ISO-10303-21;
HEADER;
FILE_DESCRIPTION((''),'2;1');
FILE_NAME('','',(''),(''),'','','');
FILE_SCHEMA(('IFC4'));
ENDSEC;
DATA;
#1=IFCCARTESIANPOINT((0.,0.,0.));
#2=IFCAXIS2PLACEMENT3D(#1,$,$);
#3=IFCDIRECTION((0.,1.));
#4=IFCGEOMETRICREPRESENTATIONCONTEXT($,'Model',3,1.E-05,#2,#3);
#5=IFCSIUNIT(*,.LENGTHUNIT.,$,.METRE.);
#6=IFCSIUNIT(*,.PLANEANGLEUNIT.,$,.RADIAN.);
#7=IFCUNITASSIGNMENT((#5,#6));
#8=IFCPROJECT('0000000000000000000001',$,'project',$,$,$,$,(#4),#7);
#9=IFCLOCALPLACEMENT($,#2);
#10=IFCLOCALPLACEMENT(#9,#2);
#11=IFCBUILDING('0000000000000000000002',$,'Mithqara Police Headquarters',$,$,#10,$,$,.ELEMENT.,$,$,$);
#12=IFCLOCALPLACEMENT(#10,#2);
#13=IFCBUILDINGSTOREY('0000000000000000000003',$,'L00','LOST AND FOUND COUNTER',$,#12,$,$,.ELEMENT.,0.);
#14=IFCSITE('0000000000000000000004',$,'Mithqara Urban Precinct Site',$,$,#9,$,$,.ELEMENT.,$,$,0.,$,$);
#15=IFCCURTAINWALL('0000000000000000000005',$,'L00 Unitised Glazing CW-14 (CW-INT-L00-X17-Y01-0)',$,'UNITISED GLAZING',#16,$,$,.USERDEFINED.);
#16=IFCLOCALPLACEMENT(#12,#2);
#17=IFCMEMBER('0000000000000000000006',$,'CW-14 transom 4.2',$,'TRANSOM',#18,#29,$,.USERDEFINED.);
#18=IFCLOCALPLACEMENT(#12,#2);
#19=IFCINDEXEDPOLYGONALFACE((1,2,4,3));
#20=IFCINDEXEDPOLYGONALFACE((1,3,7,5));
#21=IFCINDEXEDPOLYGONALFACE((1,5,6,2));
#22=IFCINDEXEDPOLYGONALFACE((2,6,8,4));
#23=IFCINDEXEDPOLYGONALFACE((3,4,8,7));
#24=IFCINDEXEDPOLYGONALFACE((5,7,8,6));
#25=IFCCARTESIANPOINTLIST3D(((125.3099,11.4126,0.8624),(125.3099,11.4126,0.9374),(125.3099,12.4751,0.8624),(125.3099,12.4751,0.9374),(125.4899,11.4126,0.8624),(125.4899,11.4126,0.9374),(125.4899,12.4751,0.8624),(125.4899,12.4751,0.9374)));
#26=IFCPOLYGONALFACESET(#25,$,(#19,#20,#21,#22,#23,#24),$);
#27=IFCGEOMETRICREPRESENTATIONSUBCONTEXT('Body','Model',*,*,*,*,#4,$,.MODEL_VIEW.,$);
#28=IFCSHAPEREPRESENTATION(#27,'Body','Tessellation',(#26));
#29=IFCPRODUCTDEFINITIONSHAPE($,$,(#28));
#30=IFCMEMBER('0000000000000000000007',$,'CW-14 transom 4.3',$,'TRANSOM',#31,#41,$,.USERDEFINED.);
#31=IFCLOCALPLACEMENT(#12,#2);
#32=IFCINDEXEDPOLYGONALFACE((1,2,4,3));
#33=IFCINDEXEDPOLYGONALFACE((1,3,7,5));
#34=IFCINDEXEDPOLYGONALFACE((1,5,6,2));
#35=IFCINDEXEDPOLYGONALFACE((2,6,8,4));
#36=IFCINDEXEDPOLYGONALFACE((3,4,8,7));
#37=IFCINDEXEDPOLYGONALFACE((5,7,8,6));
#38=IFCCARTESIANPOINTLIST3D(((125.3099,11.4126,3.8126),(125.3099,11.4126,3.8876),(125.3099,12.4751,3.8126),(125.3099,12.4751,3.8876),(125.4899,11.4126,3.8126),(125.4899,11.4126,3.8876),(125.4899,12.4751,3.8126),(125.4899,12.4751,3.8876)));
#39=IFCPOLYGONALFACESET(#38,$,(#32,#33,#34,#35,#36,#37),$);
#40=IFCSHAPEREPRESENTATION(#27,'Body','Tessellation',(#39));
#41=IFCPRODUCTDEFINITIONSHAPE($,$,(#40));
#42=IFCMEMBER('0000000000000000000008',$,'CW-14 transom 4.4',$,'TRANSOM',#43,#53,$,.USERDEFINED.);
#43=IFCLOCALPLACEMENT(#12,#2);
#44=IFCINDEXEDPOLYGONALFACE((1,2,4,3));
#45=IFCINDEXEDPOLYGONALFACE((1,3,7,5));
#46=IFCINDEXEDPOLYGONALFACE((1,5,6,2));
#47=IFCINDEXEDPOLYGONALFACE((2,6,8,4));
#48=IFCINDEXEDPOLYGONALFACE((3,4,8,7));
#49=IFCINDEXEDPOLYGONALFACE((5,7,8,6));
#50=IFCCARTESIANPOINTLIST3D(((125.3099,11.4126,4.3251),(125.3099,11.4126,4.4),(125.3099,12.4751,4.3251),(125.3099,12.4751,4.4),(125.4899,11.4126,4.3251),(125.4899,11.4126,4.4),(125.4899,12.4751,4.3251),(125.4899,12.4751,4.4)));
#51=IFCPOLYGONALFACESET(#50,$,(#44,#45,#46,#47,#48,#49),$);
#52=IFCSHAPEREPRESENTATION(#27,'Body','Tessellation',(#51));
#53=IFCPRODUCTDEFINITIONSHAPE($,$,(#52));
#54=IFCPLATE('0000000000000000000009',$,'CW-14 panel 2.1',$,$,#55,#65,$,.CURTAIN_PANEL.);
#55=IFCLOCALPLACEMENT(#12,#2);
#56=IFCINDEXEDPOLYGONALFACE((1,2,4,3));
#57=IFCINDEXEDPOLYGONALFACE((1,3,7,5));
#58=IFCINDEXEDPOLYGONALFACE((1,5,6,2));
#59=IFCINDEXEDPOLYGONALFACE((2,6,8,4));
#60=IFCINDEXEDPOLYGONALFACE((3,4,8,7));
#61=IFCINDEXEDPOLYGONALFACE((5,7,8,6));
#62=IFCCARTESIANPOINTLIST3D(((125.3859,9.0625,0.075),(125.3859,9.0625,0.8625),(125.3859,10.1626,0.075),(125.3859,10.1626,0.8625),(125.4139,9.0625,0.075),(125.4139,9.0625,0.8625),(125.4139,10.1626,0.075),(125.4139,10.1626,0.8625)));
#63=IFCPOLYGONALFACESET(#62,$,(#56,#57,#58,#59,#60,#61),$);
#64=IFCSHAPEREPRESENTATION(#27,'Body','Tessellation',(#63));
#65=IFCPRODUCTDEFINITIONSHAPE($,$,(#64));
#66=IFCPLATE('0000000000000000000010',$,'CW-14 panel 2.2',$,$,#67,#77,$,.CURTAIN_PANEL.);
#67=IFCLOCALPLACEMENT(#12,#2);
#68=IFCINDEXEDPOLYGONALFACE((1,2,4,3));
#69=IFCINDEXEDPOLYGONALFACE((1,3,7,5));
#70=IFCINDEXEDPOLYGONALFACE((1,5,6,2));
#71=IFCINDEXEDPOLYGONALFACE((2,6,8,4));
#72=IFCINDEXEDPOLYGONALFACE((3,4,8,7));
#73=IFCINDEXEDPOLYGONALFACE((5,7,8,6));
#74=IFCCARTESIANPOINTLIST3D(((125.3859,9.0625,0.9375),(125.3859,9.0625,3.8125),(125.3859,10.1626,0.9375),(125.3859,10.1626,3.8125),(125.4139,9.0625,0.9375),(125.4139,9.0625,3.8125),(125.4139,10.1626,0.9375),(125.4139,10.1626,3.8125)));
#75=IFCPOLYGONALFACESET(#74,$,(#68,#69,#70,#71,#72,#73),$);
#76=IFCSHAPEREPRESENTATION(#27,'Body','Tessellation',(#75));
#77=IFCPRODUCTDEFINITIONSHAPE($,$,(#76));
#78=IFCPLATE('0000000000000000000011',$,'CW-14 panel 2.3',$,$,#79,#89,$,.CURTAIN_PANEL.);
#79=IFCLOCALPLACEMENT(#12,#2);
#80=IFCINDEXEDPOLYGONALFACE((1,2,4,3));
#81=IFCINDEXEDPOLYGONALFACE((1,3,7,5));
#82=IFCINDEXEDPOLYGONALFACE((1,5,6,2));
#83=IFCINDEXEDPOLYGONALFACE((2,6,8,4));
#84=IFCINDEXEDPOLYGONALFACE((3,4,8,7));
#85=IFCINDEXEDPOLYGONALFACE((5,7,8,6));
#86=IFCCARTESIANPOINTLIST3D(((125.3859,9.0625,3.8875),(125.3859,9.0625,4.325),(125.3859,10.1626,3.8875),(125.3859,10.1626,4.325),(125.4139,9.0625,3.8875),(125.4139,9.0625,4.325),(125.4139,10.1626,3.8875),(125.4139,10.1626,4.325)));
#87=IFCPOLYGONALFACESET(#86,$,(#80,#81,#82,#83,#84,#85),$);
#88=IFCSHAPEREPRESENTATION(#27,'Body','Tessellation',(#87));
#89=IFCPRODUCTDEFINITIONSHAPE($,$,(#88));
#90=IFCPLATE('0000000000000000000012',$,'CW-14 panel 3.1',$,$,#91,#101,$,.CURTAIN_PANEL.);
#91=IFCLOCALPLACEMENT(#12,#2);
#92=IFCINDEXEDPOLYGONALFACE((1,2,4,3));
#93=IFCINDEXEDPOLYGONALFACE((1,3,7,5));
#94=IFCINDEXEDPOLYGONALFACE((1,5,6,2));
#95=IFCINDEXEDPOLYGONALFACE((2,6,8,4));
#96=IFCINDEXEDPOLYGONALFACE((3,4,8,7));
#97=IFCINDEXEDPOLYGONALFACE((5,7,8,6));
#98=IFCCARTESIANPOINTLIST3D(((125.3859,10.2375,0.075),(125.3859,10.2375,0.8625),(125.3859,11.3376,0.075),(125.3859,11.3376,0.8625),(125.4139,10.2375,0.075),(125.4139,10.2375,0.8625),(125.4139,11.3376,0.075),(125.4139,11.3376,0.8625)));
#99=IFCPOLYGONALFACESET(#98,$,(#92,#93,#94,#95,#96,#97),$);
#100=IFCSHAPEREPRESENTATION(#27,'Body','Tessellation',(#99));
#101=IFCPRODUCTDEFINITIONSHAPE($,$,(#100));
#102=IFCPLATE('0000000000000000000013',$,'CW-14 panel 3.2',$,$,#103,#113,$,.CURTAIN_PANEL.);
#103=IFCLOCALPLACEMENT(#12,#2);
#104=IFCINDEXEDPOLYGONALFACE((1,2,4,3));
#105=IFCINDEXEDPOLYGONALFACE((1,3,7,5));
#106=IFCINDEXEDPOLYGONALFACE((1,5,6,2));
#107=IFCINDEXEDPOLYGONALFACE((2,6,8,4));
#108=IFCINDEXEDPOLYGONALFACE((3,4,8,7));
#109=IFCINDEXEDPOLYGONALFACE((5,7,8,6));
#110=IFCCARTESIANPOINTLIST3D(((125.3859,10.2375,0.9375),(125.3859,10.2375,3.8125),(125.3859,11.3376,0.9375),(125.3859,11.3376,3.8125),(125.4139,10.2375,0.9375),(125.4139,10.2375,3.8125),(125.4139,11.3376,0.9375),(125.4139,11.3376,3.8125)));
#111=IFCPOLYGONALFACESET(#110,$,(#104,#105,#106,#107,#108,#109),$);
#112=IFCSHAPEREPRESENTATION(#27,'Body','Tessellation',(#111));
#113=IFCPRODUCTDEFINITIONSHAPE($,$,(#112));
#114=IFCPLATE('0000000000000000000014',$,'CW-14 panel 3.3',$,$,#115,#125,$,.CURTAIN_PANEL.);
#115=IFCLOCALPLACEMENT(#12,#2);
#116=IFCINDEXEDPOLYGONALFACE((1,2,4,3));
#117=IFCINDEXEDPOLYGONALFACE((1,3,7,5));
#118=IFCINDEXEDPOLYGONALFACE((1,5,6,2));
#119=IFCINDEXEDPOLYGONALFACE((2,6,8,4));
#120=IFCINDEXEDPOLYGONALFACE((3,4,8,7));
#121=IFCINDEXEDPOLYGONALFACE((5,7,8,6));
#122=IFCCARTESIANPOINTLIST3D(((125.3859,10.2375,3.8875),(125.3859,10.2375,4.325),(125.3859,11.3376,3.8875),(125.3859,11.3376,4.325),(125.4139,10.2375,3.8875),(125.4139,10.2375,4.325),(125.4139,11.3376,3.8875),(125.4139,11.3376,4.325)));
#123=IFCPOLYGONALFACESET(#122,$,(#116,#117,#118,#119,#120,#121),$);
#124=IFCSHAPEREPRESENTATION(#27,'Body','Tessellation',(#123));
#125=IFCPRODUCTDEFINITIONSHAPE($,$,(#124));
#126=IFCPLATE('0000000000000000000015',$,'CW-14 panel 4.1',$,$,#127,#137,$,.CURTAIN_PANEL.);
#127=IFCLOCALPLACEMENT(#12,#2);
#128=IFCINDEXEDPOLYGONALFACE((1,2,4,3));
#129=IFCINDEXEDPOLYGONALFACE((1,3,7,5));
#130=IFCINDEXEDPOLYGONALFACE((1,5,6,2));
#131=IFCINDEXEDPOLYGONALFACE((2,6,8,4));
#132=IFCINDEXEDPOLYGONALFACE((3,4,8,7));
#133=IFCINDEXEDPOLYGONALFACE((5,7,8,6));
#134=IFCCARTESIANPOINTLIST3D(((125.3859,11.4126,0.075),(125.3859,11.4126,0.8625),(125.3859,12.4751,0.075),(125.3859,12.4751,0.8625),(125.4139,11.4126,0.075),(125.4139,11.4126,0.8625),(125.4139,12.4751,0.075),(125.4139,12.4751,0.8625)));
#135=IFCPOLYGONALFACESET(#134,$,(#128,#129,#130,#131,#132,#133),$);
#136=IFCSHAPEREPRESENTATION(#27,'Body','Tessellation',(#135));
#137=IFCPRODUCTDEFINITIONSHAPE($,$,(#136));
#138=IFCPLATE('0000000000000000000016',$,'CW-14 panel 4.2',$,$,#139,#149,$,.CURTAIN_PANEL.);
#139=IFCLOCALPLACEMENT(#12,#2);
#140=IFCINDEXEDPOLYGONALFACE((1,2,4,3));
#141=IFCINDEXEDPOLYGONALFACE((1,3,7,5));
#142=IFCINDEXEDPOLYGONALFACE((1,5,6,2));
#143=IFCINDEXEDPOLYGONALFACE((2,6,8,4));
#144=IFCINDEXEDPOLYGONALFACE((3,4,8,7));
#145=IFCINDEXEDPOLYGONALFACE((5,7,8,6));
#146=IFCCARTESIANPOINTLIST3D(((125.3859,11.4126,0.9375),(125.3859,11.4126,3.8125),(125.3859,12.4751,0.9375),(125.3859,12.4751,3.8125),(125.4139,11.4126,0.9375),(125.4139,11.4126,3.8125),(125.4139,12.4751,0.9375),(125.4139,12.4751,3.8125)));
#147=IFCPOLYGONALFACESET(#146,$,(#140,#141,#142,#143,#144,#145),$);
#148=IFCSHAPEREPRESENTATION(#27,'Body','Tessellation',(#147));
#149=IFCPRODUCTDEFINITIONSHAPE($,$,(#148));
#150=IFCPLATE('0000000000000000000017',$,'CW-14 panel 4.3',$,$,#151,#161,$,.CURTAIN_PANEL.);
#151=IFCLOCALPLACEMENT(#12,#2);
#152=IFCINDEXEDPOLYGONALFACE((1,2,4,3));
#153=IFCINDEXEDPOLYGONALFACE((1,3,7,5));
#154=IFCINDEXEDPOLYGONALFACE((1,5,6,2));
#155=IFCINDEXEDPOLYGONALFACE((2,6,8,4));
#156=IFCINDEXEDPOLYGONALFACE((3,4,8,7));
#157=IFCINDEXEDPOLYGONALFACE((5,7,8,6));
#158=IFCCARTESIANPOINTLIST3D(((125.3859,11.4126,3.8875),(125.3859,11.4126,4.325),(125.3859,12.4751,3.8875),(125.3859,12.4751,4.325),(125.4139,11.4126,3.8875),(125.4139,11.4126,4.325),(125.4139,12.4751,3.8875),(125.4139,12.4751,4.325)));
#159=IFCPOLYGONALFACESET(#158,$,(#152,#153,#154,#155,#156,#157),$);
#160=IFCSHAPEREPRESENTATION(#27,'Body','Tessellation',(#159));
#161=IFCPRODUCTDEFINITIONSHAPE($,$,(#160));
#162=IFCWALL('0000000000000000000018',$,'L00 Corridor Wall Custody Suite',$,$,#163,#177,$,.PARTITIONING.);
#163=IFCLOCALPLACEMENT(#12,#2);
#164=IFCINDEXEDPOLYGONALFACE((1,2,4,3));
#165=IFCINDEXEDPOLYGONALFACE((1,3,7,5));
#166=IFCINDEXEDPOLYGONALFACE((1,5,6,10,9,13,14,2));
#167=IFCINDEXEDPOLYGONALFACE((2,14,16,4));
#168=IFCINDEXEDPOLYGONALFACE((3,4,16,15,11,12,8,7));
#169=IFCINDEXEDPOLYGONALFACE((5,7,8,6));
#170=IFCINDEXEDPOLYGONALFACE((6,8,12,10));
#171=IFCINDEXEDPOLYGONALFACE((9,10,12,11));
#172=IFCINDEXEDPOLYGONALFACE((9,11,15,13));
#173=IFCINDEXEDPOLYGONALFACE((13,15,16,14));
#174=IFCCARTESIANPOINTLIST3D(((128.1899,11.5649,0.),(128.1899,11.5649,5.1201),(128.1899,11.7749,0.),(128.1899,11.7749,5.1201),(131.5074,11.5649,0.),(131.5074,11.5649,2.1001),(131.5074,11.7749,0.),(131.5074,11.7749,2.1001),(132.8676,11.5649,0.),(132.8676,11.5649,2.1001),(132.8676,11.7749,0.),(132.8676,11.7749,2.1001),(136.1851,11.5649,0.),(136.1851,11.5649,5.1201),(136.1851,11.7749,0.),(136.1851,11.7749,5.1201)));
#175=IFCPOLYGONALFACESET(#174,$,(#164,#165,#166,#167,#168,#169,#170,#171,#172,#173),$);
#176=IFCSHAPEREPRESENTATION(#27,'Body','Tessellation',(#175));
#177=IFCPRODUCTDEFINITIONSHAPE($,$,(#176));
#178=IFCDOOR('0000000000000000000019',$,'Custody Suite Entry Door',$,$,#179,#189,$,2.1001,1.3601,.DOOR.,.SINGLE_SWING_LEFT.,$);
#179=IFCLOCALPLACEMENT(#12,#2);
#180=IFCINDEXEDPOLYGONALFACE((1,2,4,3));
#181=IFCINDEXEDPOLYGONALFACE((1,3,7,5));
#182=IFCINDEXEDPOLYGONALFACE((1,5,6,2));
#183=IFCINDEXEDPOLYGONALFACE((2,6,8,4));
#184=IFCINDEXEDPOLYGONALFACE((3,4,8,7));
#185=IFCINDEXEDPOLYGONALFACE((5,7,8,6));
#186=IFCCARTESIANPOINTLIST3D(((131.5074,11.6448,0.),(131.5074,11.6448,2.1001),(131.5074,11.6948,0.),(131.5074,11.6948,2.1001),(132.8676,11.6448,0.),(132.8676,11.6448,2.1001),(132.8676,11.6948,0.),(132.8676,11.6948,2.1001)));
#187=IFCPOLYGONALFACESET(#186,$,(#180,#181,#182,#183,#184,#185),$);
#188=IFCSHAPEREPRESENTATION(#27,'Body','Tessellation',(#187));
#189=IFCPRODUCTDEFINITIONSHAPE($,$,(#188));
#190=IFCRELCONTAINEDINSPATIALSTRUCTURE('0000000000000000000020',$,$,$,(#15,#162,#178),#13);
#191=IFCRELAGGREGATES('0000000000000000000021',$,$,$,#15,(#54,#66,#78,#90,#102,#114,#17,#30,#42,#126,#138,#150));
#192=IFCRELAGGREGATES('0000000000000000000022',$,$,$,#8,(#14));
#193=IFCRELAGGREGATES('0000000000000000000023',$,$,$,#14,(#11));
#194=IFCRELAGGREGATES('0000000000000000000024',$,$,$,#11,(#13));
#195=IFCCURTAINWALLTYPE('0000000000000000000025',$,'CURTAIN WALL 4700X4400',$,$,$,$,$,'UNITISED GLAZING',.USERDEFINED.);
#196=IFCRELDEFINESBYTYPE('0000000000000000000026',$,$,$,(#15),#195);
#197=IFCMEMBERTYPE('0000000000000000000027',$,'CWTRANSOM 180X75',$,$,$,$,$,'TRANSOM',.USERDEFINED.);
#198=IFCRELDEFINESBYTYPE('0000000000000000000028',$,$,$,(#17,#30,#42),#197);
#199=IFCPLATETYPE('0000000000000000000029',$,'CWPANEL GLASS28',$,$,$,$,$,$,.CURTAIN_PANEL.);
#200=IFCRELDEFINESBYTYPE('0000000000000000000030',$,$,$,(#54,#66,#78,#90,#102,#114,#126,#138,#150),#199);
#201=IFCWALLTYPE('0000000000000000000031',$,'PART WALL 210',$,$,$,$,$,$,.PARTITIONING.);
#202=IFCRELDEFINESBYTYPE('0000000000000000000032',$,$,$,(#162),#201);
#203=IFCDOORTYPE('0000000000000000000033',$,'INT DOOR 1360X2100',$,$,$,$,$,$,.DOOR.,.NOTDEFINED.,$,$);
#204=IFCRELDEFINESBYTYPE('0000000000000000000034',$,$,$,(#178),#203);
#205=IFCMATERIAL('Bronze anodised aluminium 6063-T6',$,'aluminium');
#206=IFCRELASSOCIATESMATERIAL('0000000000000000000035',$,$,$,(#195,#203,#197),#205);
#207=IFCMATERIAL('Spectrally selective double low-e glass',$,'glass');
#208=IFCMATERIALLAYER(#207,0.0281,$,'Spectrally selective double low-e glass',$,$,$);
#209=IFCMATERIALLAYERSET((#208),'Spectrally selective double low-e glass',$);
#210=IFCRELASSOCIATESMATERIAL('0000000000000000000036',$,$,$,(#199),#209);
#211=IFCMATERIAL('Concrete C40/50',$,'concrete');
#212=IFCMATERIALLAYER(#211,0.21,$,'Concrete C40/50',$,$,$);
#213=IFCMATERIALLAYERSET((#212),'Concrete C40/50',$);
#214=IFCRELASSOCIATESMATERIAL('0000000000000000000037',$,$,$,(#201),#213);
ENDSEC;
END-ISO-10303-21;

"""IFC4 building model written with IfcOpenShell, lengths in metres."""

from ifc_helpers import new_model, si_unit, direction, frame, frame_2d, origin, origin_2d, place, context, subcontext, project, spatial, rectangle, extrude, material, layer, layer_set, material_profile, profile_set, type_object, element, fill, aggregate, save


model = new_model("IFC4")

# Units and contexts
model_context = context("Model", 3, precision=1e-05, world=origin(), true_north=direction((0.0, 1.0)))
body_context = subcontext(model_context, "Body", "Model", "MODEL_VIEW")
ifc_project = project(units=[si_unit("LENGTHUNIT", "METRE"), si_unit("PLANEANGLEUNIT", "RADIAN")], contexts=[model_context])

# Site, building, storey
site_placement = place(None, origin())
site = spatial("IfcSite", under=ifc_project, at=site_placement, Name="Mithqara Urban Precinct Site", CompositionType="ELEMENT", RefElevation=0.0)
building_placement = place(site_placement, origin())
building = spatial("IfcBuilding", under=site, at=building_placement, Name="Mithqara Police Headquarters", CompositionType="ELEMENT")
storey_placement = place(building_placement, origin())
storey = spatial("IfcBuildingStorey", under=building, at=storey_placement, Name="L00", Description="LOST AND FOUND COUNTER", CompositionType="ELEMENT", Elevation=0.0)

# Shared definitions
ifc_material_1 = material(Name="Concrete C40/50", Category="concrete")

# Curtain wall, members, plates
ifc_material_2 = material(Name="Bronze anodised aluminium 6063-T6", Category="aluminium")
curtain_wall_type = type_object("IfcCurtainWallType", Name="CURTAIN WALL 4700X4400", ElementType="UNITISED GLAZING", PredefinedType="USERDEFINED", material=ifc_material_2)
curtain_wall_placement = place(storey_placement, origin())
curtain_wall = element("IfcCurtainWall", 1, at=curtain_wall_placement, inside=storey, type_object=curtain_wall_type, Name="L00 Unitised Glazing CW-14 (CW-INT-L00-X17-Y01-0)", ObjectType="UNITISED GLAZING", PredefinedType="USERDEFINED")
ifc_material_profile_1 = material_profile(ifc_material_2, rectangle(XDim=0.1799, YDim=0.075, at=origin_2d()), Name="CWT 180x75")
ifc_profile_set_1 = profile_set([ifc_material_profile_1], Name="Bronze anodised aluminium 6063-T6")
member_type_1 = type_object("IfcMemberType", Name="CWTRANSOM 180X75", ElementType="TRANSOM", PredefinedType="USERDEFINED", material=ifc_profile_set_1)
member_1_placement = place(storey_placement, frame((125.3999, 11.4126, 0.8999), z_axis=(0.0, 1.0, 0.0), x_axis=(-1.0, 0.0, 0.0)))
member_1 = element("IfcMember", 2, at=member_1_placement, type_object=member_type_1, Name="CW-14 transom 4.2", ObjectType="TRANSOM", PredefinedType="USERDEFINED", context=body_context, shape_type="SweptSolid", body=[
    extrude(rectangle(XDim=0.1799, YDim=0.075, at=origin_2d()), origin(), (0.0, 0.0, 1.0), 1.0625),
])
member_2_placement = place(storey_placement, frame((125.3999, 11.4126, 3.8501), z_axis=(0.0, 1.0, 0.0), x_axis=(-1.0, 0.0, 0.0)))
member_2 = element("IfcMember", 3, at=member_2_placement, type_object=member_type_1, Name="CW-14 transom 4.3", ObjectType="TRANSOM", PredefinedType="USERDEFINED", context=body_context, shape_type="SweptSolid", body=[
    extrude(rectangle(XDim=0.1799, YDim=0.075, at=origin_2d()), origin(), (0.0, 0.0, 1.0), 1.0625),
])
member_3_placement = place(storey_placement, frame((125.3999, 11.4126, 4.3625), z_axis=(0.0, 1.0, 0.0), x_axis=(-1.0, 0.0, 0.0)))
member_3 = element("IfcMember", 4, at=member_3_placement, type_object=member_type_1, Name="CW-14 transom 4.4", ObjectType="TRANSOM", PredefinedType="USERDEFINED", context=body_context, shape_type="SweptSolid", body=[
    extrude(rectangle(XDim=0.1799, YDim=0.075, at=origin_2d()), origin(), (0.0, 0.0, 1.0), 1.0625),
])
ifc_material_3 = material(Name="Spectrally selective double low-e glass", Category="glass")
ifc_layer_1 = layer(ifc_material_3, 0.0281, Name="Spectrally selective double low-e glass")
ifc_layer_set_1 = layer_set([ifc_layer_1], Name="Spectrally selective double low-e glass")
plate_type = type_object("IfcPlateType", Name="CWPANEL GLASS28", PredefinedType="CURTAIN_PANEL", material=ifc_layer_set_1)
plate_1_placement = place(storey_placement, frame((125.3999, 9.6125, 0.075), z_axis=(0.0, 0.0, 1.0), x_axis=(0.0, 1.0, 0.0)))
plate_1 = element("IfcPlate", 5, at=plate_1_placement, type_object=plate_type, Name="CW-14 panel 2.1", PredefinedType="CURTAIN_PANEL", context=body_context, shape_type="SweptSolid", body=[
    extrude(rectangle(XDim=1.1001, YDim=0.0281, at=origin_2d()), origin(), (0.0, 0.0, 1.0), 0.7876),
])
plate_2_placement = place(storey_placement, frame((125.3999, 9.6125, 0.9375), z_axis=(0.0, 0.0, 1.0), x_axis=(0.0, 1.0, 0.0)))
plate_2 = element("IfcPlate", 6, at=plate_2_placement, type_object=plate_type, Name="CW-14 panel 2.2", PredefinedType="CURTAIN_PANEL", context=body_context, shape_type="SweptSolid", body=[
    extrude(rectangle(XDim=1.1001, YDim=0.0281, at=origin_2d()), origin(), (0.0, 0.0, 1.0), 2.875),
])
plate_3_placement = place(storey_placement, frame((125.3999, 9.6125, 3.8875), z_axis=(0.0, 0.0, 1.0), x_axis=(0.0, 1.0, 0.0)))
plate_3 = element("IfcPlate", 7, at=plate_3_placement, type_object=plate_type, Name="CW-14 panel 2.3", PredefinedType="CURTAIN_PANEL", context=body_context, shape_type="SweptSolid", body=[
    extrude(rectangle(XDim=1.1001, YDim=0.0281, at=origin_2d()), origin(), (0.0, 0.0, 1.0), 0.4375),
])
plate_4_placement = place(storey_placement, frame((125.3999, 10.7876, 0.075), z_axis=(0.0, 0.0, 1.0), x_axis=(0.0, 1.0, 0.0)))
plate_4 = element("IfcPlate", 8, at=plate_4_placement, type_object=plate_type, Name="CW-14 panel 3.1", PredefinedType="CURTAIN_PANEL", context=body_context, shape_type="SweptSolid", body=[
    extrude(rectangle(XDim=1.1001, YDim=0.0281, at=origin_2d()), origin(), (0.0, 0.0, 1.0), 0.7876),
])
plate_5_placement = place(storey_placement, frame((125.3999, 10.7876, 0.9375), z_axis=(0.0, 0.0, 1.0), x_axis=(0.0, 1.0, 0.0)))
plate_5 = element("IfcPlate", 9, at=plate_5_placement, type_object=plate_type, Name="CW-14 panel 3.2", PredefinedType="CURTAIN_PANEL", context=body_context, shape_type="SweptSolid", body=[
    extrude(rectangle(XDim=1.1001, YDim=0.0281, at=origin_2d()), origin(), (0.0, 0.0, 1.0), 2.875),
])
plate_6_placement = place(storey_placement, frame((125.3999, 10.7876, 3.8875), z_axis=(0.0, 0.0, 1.0), x_axis=(0.0, 1.0, 0.0)))
plate_6 = element("IfcPlate", 10, at=plate_6_placement, type_object=plate_type, Name="CW-14 panel 3.3", PredefinedType="CURTAIN_PANEL", context=body_context, shape_type="SweptSolid", body=[
    extrude(rectangle(XDim=1.1001, YDim=0.0281, at=origin_2d()), origin(), (0.0, 0.0, 1.0), 0.4375),
])
plate_7_placement = place(storey_placement, frame((125.3999, 11.9438, 0.075), z_axis=(0.0, 0.0, 1.0), x_axis=(0.0, 1.0, 0.0)))
plate_7 = element("IfcPlate", 11, at=plate_7_placement, type_object=plate_type, Name="CW-14 panel 4.1", PredefinedType="CURTAIN_PANEL", context=body_context, shape_type="SweptSolid", body=[
    extrude(rectangle(XDim=1.0625, YDim=0.0281, at=origin_2d()), origin(), (0.0, 0.0, 1.0), 0.7876),
])
plate_8_placement = place(storey_placement, frame((125.3999, 11.9438, 0.9375), z_axis=(0.0, 0.0, 1.0), x_axis=(0.0, 1.0, 0.0)))
plate_8 = element("IfcPlate", 12, at=plate_8_placement, type_object=plate_type, Name="CW-14 panel 4.2", PredefinedType="CURTAIN_PANEL", context=body_context, shape_type="SweptSolid", body=[
    extrude(rectangle(XDim=1.0625, YDim=0.0281, at=origin_2d()), origin(), (0.0, 0.0, 1.0), 2.875),
])
plate_9_placement = place(storey_placement, frame((125.3999, 11.9438, 3.8875), z_axis=(0.0, 0.0, 1.0), x_axis=(0.0, 1.0, 0.0)))
plate_9 = element("IfcPlate", 13, at=plate_9_placement, type_object=plate_type, Name="CW-14 panel 4.3", PredefinedType="CURTAIN_PANEL", context=body_context, shape_type="SweptSolid", body=[
    extrude(rectangle(XDim=1.0625, YDim=0.0281, at=origin_2d()), origin(), (0.0, 0.0, 1.0), 0.4375),
])
aggregate(curtain_wall, [plate_1, plate_2, plate_3, plate_4, plate_5, plate_6, member_1, member_2, member_3, plate_7, plate_8, plate_9])

# Wall, opening, door
ifc_layer_2 = layer(ifc_material_1, 0.21, Name="Concrete C40/50")
ifc_layer_set_2 = layer_set([ifc_layer_2], Name="Concrete C40/50")
wall_type_1 = type_object("IfcWallType", Name="PART WALL 210", PredefinedType="PARTITIONING", material=ifc_layer_set_2)
wall_1_placement = place(storey_placement, frame((128.1899, 11.6699, 0.0), z_axis=(0.0, 0.0, 1.0), x_axis=(1.0, 0.0, 0.0)))
wall_1 = element("IfcWall", 14, at=wall_1_placement, inside=storey, type_object=wall_type_1, Name="L00 Corridor Wall Custody Suite", PredefinedType="PARTITIONING", context=body_context, shape_type="SweptSolid", body=[
    extrude(rectangle(XDim=7.9951, YDim=0.21, at=frame_2d((3.9976, 0.0))), origin(), (0.0, 0.0, 1.0), 5.1201),
])
opening_1_placement = place(wall_1_placement, frame((3.3174, 0.0, 0.0)))
opening_1 = element("IfcOpeningElement", 15, at=opening_1_placement, cuts=wall_1, PredefinedType="OPENING", context=body_context, shape_type="SweptSolid", body=[
    extrude(rectangle(XDim=1.3601, YDim=2.1001, at=frame_2d((0.6802, 1.05))), frame((0.0, 0.115, 0.0), z_axis=(0.0, -1.0, 0.0), x_axis=(1.0, 0.0, 0.0)), (0.0, 0.0, 1.0), 0.23),
])
door_type_1 = type_object("IfcDoorType", Name="INT DOOR 1360X2100", OperationType="NOTDEFINED", PredefinedType="DOOR", material=ifc_material_2)
door_1_placement = place(opening_1_placement, origin())
door_1 = element("IfcDoor", 16, at=door_1_placement, inside=storey, type_object=door_type_1, Name="Custody Suite Entry Door", OperationType="SINGLE_SWING_LEFT", OverallHeight=2.1001, OverallWidth=1.3601, PredefinedType="DOOR", context=body_context, shape_type="SweptSolid", body=[
    extrude(rectangle(XDim=1.3601, YDim=2.1001, at=frame_2d((0.6802, 1.05))), frame((0.0, 0.0249, 0.0), z_axis=(0.0, -1.0, 0.0), x_axis=(1.0, 0.0, 0.0)), (0.0, 0.0, 1.0), 0.05),
])
fill(opening_1, door_1)

save(model, "model.ifc")
